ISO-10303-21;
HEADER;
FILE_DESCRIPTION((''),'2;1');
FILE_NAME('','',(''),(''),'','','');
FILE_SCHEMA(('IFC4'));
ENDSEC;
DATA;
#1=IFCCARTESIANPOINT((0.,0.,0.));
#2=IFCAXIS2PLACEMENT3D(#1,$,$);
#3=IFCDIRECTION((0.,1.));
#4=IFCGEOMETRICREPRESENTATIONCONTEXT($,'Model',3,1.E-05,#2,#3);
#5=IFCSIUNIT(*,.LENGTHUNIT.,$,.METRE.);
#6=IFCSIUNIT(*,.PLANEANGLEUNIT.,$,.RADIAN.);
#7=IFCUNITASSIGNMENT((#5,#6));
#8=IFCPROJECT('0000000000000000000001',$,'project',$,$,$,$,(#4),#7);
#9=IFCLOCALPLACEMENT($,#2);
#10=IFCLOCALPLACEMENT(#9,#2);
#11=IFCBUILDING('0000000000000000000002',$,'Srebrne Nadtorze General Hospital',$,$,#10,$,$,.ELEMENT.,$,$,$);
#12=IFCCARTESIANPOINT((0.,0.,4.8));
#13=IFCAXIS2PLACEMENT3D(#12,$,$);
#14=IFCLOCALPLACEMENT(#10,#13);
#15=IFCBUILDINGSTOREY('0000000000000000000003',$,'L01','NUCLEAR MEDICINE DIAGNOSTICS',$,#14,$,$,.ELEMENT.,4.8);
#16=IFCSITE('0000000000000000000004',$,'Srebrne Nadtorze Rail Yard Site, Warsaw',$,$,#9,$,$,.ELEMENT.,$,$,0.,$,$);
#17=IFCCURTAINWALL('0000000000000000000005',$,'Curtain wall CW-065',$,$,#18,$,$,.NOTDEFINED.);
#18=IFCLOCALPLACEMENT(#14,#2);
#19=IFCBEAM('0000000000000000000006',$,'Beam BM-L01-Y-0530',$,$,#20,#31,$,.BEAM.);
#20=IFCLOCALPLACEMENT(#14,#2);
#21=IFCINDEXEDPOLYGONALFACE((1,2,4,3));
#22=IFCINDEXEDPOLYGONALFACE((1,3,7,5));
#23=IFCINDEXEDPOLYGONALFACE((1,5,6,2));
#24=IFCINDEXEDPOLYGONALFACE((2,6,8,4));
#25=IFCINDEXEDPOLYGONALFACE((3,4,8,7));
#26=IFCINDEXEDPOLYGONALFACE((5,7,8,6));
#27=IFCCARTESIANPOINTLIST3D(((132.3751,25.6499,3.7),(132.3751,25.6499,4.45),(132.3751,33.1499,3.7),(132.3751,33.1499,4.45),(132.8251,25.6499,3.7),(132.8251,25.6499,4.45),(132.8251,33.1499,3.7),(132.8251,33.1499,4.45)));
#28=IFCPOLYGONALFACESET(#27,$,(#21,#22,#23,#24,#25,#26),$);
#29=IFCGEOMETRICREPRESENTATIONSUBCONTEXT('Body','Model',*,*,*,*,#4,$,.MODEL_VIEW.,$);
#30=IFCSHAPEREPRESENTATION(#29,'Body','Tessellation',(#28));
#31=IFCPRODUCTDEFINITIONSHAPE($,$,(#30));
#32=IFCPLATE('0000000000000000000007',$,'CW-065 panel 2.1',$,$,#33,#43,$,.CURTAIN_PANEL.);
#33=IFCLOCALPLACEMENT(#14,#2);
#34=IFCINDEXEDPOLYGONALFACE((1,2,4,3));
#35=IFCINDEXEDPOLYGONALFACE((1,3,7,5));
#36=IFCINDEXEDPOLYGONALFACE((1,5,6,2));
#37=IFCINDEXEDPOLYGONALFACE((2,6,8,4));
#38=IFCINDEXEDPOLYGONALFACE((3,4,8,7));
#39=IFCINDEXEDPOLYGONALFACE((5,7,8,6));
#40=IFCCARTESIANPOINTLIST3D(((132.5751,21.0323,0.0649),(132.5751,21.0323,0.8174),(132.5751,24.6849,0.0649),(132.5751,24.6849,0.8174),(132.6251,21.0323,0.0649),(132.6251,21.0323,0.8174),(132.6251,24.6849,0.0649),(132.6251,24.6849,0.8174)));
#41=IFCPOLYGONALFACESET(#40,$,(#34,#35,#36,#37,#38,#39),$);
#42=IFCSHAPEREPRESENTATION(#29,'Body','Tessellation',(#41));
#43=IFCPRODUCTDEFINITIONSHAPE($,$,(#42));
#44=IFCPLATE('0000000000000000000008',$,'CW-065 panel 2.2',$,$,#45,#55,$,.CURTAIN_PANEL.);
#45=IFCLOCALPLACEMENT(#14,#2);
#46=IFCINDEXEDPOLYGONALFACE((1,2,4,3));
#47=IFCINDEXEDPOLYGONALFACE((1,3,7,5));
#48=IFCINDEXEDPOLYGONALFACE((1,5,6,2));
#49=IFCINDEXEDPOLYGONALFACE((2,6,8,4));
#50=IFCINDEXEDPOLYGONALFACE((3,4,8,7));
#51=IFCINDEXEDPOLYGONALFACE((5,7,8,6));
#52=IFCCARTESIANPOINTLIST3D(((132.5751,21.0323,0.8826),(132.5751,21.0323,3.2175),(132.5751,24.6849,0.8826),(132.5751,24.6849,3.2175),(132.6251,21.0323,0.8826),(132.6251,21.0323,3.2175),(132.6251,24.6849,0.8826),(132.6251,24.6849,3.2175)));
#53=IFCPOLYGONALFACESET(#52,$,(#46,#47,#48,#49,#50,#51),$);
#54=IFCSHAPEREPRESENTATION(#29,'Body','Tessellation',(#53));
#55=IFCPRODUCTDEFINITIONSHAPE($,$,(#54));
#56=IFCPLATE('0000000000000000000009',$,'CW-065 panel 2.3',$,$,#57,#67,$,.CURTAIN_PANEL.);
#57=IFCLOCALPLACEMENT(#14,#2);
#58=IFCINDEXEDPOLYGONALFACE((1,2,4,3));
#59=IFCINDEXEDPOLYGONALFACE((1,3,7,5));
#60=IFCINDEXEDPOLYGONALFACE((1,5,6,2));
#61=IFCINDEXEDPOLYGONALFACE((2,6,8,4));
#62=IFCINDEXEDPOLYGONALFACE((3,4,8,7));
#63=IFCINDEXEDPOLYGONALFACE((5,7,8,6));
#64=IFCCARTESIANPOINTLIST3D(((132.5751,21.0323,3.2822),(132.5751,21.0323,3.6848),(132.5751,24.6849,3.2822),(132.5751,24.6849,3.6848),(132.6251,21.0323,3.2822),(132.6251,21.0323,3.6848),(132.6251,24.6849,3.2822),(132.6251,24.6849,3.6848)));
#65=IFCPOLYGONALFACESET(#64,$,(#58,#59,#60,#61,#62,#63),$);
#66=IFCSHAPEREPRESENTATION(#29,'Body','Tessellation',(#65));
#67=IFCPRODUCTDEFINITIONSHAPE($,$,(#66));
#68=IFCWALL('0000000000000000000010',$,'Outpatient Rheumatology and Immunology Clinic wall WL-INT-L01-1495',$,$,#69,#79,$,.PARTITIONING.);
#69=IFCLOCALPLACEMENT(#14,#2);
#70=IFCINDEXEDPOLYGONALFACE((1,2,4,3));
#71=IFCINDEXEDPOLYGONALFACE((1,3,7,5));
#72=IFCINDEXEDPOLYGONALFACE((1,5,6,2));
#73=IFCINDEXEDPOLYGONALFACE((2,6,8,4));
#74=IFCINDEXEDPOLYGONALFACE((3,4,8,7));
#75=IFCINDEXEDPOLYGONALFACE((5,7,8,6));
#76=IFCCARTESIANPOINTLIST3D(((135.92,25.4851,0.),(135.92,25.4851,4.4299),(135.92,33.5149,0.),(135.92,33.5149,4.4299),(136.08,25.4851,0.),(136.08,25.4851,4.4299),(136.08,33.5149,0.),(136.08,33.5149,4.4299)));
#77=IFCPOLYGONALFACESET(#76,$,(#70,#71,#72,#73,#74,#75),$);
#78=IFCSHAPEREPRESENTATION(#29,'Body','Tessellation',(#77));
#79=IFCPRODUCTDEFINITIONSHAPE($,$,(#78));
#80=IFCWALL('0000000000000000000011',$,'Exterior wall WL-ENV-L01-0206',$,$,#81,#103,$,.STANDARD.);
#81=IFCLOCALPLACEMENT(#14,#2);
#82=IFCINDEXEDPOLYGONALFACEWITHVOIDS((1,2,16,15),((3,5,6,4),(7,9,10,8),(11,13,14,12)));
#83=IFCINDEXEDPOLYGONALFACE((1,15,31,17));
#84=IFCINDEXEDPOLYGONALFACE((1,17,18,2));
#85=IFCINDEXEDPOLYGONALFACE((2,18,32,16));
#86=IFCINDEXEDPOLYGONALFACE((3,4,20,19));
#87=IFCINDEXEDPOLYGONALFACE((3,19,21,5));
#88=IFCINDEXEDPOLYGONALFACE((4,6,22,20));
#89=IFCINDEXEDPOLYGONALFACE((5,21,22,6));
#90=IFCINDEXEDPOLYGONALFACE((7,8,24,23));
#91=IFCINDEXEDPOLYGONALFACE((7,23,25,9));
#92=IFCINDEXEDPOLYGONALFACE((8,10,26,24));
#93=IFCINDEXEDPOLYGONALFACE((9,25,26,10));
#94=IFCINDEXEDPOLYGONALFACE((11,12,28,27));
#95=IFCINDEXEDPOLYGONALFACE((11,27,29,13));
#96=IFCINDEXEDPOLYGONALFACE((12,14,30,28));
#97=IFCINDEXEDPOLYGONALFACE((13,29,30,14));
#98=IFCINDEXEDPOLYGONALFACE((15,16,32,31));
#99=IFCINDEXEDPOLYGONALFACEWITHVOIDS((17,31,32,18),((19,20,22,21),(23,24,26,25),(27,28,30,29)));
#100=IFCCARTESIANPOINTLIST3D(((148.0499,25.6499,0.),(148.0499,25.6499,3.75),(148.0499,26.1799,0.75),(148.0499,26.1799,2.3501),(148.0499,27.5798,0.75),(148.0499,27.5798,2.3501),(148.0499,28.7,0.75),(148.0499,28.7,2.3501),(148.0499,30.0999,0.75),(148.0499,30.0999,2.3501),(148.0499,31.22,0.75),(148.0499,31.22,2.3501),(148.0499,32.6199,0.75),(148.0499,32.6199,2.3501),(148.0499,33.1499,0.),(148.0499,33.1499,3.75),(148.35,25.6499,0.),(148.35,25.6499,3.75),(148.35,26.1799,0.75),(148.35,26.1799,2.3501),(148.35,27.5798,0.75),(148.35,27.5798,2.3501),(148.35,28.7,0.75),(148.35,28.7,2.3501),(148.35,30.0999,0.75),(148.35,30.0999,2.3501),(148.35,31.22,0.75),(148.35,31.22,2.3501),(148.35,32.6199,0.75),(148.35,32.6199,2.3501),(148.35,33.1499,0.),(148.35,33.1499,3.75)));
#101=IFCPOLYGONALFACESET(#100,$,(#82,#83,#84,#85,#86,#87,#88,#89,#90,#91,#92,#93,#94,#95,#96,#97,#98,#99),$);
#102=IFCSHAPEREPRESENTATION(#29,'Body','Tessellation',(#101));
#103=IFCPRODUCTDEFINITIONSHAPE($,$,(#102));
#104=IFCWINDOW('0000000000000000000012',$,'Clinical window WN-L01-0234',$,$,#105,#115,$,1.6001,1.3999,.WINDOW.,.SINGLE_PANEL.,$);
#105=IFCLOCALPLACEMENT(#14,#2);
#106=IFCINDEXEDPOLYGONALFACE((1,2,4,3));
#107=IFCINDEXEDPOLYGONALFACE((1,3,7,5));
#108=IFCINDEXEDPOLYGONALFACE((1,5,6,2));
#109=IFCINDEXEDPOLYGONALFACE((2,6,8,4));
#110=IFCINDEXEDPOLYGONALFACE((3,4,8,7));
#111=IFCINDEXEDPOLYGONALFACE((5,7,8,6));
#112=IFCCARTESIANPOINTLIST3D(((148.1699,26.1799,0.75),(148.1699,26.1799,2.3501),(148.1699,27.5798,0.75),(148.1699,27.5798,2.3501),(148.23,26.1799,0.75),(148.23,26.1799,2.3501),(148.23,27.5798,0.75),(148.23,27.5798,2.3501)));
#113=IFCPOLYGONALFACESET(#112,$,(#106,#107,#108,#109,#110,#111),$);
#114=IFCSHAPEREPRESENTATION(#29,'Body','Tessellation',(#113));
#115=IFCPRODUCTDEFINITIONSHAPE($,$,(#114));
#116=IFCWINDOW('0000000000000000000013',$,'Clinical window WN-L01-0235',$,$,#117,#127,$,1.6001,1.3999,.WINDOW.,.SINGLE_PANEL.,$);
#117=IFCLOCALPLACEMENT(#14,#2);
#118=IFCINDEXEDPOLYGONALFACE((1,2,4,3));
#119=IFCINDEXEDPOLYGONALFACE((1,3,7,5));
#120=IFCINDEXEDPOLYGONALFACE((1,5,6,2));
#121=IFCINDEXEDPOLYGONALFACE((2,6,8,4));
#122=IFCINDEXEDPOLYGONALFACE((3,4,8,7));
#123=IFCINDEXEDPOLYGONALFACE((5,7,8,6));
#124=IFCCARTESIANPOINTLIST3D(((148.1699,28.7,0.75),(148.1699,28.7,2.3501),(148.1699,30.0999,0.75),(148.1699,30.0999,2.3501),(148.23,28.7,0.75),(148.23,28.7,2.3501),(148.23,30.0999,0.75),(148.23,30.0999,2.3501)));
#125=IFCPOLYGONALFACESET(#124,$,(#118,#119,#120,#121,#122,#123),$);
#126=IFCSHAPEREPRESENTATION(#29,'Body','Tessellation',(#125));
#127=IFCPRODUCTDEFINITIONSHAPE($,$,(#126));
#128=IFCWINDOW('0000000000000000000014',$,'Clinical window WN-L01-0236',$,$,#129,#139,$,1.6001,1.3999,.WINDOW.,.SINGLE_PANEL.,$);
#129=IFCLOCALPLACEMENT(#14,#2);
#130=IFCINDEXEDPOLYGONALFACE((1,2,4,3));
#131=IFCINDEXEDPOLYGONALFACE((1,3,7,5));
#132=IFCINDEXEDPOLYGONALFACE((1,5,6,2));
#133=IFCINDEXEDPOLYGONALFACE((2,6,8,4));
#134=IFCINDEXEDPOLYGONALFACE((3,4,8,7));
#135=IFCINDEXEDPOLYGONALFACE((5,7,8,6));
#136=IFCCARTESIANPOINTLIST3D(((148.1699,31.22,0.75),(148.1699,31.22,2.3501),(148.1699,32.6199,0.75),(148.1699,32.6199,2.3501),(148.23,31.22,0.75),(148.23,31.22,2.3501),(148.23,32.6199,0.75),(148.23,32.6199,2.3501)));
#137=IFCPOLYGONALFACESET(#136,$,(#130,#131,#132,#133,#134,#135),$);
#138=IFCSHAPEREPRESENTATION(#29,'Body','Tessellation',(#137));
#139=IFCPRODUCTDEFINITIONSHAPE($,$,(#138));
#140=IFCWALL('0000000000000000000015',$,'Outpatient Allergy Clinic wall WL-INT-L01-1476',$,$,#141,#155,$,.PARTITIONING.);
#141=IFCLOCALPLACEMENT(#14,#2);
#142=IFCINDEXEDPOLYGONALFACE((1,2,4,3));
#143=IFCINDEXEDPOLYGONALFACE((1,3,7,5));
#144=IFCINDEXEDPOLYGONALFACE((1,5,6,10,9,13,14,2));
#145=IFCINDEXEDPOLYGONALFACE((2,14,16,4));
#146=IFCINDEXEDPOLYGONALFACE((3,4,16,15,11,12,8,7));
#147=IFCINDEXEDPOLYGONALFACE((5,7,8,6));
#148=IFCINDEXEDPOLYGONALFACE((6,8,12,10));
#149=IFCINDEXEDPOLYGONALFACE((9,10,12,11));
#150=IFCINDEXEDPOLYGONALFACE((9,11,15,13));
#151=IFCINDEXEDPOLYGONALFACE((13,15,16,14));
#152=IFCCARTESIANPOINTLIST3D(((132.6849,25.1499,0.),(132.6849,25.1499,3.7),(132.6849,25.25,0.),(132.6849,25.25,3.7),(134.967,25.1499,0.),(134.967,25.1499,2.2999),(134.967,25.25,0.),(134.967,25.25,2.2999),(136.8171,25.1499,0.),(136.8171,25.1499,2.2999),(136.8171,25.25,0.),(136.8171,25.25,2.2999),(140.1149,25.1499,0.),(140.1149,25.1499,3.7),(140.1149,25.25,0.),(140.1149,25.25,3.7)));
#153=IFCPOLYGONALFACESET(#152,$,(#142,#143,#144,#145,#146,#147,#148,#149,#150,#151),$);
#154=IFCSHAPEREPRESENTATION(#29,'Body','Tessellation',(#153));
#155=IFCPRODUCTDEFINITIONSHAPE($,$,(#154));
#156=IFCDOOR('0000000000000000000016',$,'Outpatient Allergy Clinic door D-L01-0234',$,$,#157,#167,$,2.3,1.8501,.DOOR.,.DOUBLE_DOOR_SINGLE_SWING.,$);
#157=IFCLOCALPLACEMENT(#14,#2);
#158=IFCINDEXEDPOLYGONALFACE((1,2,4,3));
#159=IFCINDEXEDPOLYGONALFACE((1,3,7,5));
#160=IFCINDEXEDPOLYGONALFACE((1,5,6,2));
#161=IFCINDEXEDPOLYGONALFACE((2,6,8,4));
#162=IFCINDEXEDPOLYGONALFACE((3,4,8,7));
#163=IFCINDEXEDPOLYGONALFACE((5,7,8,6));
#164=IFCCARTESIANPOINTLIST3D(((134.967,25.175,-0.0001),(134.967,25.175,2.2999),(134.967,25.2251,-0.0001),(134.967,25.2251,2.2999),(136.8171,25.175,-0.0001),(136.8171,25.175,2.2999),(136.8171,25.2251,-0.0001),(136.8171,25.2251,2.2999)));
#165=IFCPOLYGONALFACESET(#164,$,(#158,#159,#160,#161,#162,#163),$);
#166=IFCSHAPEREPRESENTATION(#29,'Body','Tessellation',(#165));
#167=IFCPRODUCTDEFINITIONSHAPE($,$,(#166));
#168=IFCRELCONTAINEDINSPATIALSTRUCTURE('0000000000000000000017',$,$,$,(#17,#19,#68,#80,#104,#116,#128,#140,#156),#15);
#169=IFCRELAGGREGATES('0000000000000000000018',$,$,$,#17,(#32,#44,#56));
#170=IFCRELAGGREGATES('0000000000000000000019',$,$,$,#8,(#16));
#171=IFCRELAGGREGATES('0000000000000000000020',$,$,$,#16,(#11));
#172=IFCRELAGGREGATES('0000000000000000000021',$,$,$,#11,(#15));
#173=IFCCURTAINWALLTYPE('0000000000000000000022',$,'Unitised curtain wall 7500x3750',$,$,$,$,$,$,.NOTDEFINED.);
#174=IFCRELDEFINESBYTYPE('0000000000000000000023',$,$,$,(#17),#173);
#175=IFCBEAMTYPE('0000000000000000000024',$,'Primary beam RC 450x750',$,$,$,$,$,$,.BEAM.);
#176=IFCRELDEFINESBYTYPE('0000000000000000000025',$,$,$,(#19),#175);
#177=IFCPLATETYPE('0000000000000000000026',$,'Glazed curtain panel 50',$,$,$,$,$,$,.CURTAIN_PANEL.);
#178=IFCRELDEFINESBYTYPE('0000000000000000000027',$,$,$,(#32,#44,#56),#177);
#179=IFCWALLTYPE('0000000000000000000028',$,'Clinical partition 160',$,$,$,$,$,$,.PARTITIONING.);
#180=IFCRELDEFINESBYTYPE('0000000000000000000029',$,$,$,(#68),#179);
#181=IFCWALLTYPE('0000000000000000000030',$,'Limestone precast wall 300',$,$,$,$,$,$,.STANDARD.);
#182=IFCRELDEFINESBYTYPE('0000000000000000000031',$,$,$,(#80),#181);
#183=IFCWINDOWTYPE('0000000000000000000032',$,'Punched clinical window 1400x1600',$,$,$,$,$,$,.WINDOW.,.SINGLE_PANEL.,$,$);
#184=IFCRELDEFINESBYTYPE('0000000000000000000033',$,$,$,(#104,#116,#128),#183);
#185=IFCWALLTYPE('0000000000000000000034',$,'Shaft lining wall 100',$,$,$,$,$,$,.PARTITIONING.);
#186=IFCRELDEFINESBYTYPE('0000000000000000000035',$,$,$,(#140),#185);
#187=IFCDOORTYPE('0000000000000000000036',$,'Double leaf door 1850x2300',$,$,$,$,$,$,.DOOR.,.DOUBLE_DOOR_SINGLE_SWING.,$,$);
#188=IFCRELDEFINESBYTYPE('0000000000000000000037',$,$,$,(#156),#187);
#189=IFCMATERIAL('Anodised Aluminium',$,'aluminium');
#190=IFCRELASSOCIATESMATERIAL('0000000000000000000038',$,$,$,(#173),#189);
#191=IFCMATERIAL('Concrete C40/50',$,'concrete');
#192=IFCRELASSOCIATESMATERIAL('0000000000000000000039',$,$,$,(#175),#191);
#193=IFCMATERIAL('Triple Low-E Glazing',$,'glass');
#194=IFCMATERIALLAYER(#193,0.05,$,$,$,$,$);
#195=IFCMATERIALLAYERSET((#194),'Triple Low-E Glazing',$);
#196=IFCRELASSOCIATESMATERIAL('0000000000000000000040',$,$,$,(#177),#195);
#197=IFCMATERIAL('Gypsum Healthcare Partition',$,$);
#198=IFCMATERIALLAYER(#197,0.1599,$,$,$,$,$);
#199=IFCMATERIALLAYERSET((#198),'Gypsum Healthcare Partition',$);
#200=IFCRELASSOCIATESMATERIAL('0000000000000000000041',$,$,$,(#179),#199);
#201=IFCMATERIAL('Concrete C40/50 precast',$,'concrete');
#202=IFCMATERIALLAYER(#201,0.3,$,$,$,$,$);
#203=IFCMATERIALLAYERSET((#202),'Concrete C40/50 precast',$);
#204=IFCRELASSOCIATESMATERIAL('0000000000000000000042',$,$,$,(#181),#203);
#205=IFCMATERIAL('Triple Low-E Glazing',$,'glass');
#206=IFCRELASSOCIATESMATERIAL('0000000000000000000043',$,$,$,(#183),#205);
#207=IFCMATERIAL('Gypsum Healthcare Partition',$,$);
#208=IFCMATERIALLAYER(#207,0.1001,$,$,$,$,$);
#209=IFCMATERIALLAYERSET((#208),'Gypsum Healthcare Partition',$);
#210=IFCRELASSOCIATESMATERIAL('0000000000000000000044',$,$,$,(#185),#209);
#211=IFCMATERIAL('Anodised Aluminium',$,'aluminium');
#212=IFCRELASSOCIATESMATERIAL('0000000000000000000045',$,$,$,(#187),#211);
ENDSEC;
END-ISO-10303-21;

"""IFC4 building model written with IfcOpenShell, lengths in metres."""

from ifc_helpers import new_model, si_unit, direction, frame, frame_2d, origin, origin_2d, place, context, subcontext, project, spatial, rectangle, extrude, material, layer, layer_set, material_profile, profile_set, type_object, element, fill, aggregate, save


model = new_model("IFC4")

# Units and contexts
model_context = context("Model", 3, precision=1e-05, world=origin(), true_north=direction((0.0, 1.0)))
body_context = subcontext(model_context, "Body", "Model", "MODEL_VIEW")
ifc_project = project(units=[si_unit("LENGTHUNIT", "METRE"), si_unit("PLANEANGLEUNIT", "RADIAN")], contexts=[model_context])

# Site, building, storey
site_placement = place(None, origin())
site = spatial("IfcSite", under=ifc_project, at=site_placement, Name="Srebrne Nadtorze Rail Yard Site, Warsaw", CompositionType="ELEMENT", RefElevation=0.0)
building_placement = place(site_placement, origin())
building = spatial("IfcBuilding", under=site, at=building_placement, Name="Srebrne Nadtorze General Hospital", CompositionType="ELEMENT")
storey_placement = place(building_placement, frame((0.0, 0.0, 4.8)))
storey = spatial("IfcBuildingStorey", under=building, at=storey_placement, Name="L01", Description="NUCLEAR MEDICINE DIAGNOSTICS", CompositionType="ELEMENT", Elevation=4.8)

# Curtain wall
ifc_material_1 = material(Name="Anodised Aluminium", Category="aluminium")
curtain_wall_type = type_object("IfcCurtainWallType", Name="Unitised curtain wall 7500x3750", PredefinedType="NOTDEFINED", material=ifc_material_1)
curtain_wall_placement = place(storey_placement, origin())
curtain_wall = element("IfcCurtainWall", 1, at=curtain_wall_placement, inside=storey, type_object=curtain_wall_type, Name="Curtain wall CW-065", PredefinedType="NOTDEFINED")

# Beam
ifc_material_2 = material(Name="Concrete C40/50", Category="concrete")
ifc_material_profile_1 = material_profile(ifc_material_2, rectangle(XDim=0.45, YDim=0.75, at=origin_2d()), Name="RC-BM-450x750")
ifc_profile_set_1 = profile_set([ifc_material_profile_1], Name="Concrete C40/50")
beam_type_1 = type_object("IfcBeamType", Name="Primary beam RC 450x750", PredefinedType="BEAM", material=ifc_profile_set_1)
beam_1_placement = place(storey_placement, frame((132.6001, 25.6499, 4.075), z_axis=(0.0, 1.0, 0.0), x_axis=(-1.0, 0.0, 0.0)))
element("IfcBeam", 2, at=beam_1_placement, inside=storey, type_object=beam_type_1, Name="Beam BM-L01-Y-0530", PredefinedType="BEAM", context=body_context, shape_type="SweptSolid", body=[
    extrude(rectangle(XDim=0.45, YDim=0.75, at=origin_2d()), origin(), (0.0, 0.0, 1.0), 7.5),
])

# Plates
ifc_material_3 = material(Name="Triple Low-E Glazing", Category="glass")
ifc_layer_1 = layer(ifc_material_3, 0.05)
ifc_layer_set_1 = layer_set([ifc_layer_1], Name="Triple Low-E Glazing")
plate_type = type_object("IfcPlateType", Name="Glazed curtain panel 50", PredefinedType="CURTAIN_PANEL", material=ifc_layer_set_1)
plate_1_placement = place(storey_placement, frame((132.6001, 22.8586, 0.0649), z_axis=(0.0, 0.0, 1.0), x_axis=(0.0, 1.0, 0.0)))
plate_1 = element("IfcPlate", 3, at=plate_1_placement, type_object=plate_type, Name="CW-065 panel 2.1", PredefinedType="CURTAIN_PANEL", context=body_context, shape_type="SweptSolid", body=[
    extrude(rectangle(XDim=3.6526, YDim=0.05, at=origin_2d()), origin(), (0.0, 0.0, 1.0), 0.7524),
])
plate_2_placement = place(storey_placement, frame((132.6001, 22.8586, 0.8826), z_axis=(0.0, 0.0, 1.0), x_axis=(0.0, 1.0, 0.0)))
plate_2 = element("IfcPlate", 4, at=plate_2_placement, type_object=plate_type, Name="CW-065 panel 2.2", PredefinedType="CURTAIN_PANEL", context=body_context, shape_type="SweptSolid", body=[
    extrude(rectangle(XDim=3.6526, YDim=0.05, at=origin_2d()), origin(), (0.0, 0.0, 1.0), 2.335),
])
plate_3_placement = place(storey_placement, frame((132.6001, 22.8586, 3.2822), z_axis=(0.0, 0.0, 1.0), x_axis=(0.0, 1.0, 0.0)))
plate_3 = element("IfcPlate", 5, at=plate_3_placement, type_object=plate_type, Name="CW-065 panel 2.3", PredefinedType="CURTAIN_PANEL", context=body_context, shape_type="SweptSolid", body=[
    extrude(rectangle(XDim=3.6526, YDim=0.05, at=origin_2d()), origin(), (0.0, 0.0, 1.0), 0.4026),
])
aggregate(curtain_wall, [plate_1, plate_2, plate_3])

# Wall
ifc_material_4 = material(Name="Gypsum Healthcare Partition")
ifc_layer_2 = layer(ifc_material_4, 0.1599)
ifc_layer_set_2 = layer_set([ifc_layer_2], Name="Gypsum Healthcare Partition")
wall_type_1 = type_object("IfcWallType", Name="Clinical partition 160", PredefinedType="PARTITIONING", material=ifc_layer_set_2)
wall_1_placement = place(storey_placement, frame((136.0, 25.4851, 0.0), z_axis=(0.0, 0.0, 1.0), x_axis=(0.0, 1.0, 0.0)))
element("IfcWall", 6, at=wall_1_placement, inside=storey, type_object=wall_type_1, Name="Outpatient Rheumatology and Immunology Clinic wall WL-INT-L01-1495", PredefinedType="PARTITIONING", context=body_context, shape_type="SweptSolid", body=[
    extrude(rectangle(XDim=8.0298, YDim=0.1599, at=frame_2d((4.0149, 0.0))), origin(), (0.0, 0.0, 1.0), 4.4299),
])

# Wall, openings, windows
ifc_material_5 = material(Name="Concrete C40/50 precast", Category="concrete")
ifc_layer_3 = layer(ifc_material_5, 0.3)
ifc_layer_set_3 = layer_set([ifc_layer_3], Name="Concrete C40/50 precast")
wall_type_2 = type_object("IfcWallType", Name="Limestone precast wall 300", PredefinedType="STANDARD", material=ifc_layer_set_3)
wall_2_placement = place(storey_placement, frame((148.2, 25.6499, 0.0), z_axis=(0.0, 0.0, 1.0), x_axis=(0.0, 1.0, 0.0)))
wall_2 = element("IfcWall", 7, at=wall_2_placement, inside=storey, type_object=wall_type_2, Name="Exterior wall WL-ENV-L01-0206", PredefinedType="STANDARD", context=body_context, shape_type="SweptSolid", body=[
    extrude(rectangle(XDim=7.5, YDim=0.3, at=frame_2d((3.75, 0.0))), origin(), (0.0, 0.0, 1.0), 3.75),
])
opening_1_placement = place(wall_2_placement, frame((0.53, 0.0, 0.75)))
opening_1 = element("IfcOpeningElement", 8, at=opening_1_placement, cuts=wall_2, PredefinedType="OPENING", context=body_context, shape_type="SweptSolid", body=[
    extrude(rectangle(XDim=1.3999, YDim=1.6001, at=frame_2d((0.7, 0.8))), frame((0.0, 0.1621, 0.0), z_axis=(0.0, -1.0, 0.0), x_axis=(1.0, 0.0, 0.0)), (0.0, 0.0, 1.0), 0.324),
])
opening_2_placement = place(wall_2_placement, frame((3.05, 0.0, 0.75)))
opening_2 = element("IfcOpeningElement", 9, at=opening_2_placement, cuts=wall_2, PredefinedType="OPENING", context=body_context, shape_type="SweptSolid", body=[
    extrude(rectangle(XDim=1.3999, YDim=1.6001, at=frame_2d((0.7, 0.8))), frame((0.0, 0.1621, 0.0), z_axis=(0.0, -1.0, 0.0), x_axis=(1.0, 0.0, 0.0)), (0.0, 0.0, 1.0), 0.324),
])
opening_3_placement = place(wall_2_placement, frame((5.5701, 0.0, 0.75)))
opening_3 = element("IfcOpeningElement", 10, at=opening_3_placement, cuts=wall_2, PredefinedType="OPENING", context=body_context, shape_type="SweptSolid", body=[
    extrude(rectangle(XDim=1.3999, YDim=1.6001, at=frame_2d((0.7, 0.8))), frame((0.0, 0.1621, 0.0), z_axis=(0.0, -1.0, 0.0), x_axis=(1.0, 0.0, 0.0)), (0.0, 0.0, 1.0), 0.324),
])
ifc_material_6 = material(Name="Triple Low-E Glazing", Category="glass")
window_type = type_object("IfcWindowType", Name="Punched clinical window 1400x1600", PartitioningType="SINGLE_PANEL", PredefinedType="WINDOW", material=ifc_material_6)
window_1_placement = place(opening_1_placement, origin())
window_1 = element("IfcWindow", 11, at=window_1_placement, inside=storey, type_object=window_type, Name="Clinical window WN-L01-0234", OverallHeight=1.6001, OverallWidth=1.3999, PartitioningType="SINGLE_PANEL", PredefinedType="WINDOW", context=body_context, shape_type="SweptSolid", body=[
    extrude(rectangle(XDim=1.3999, YDim=1.6001, at=frame_2d((0.7, 0.8))), frame((0.0, 0.03, 0.0), z_axis=(0.0, -1.0, 0.0), x_axis=(1.0, 0.0, 0.0)), (0.0, 0.0, 1.0), 0.0601),
])
fill(opening_1, window_1)
window_2_placement = place(opening_2_placement, origin())
window_2 = element("IfcWindow", 12, at=window_2_placement, inside=storey, type_object=window_type, Name="Clinical window WN-L01-0235", OverallHeight=1.6001, OverallWidth=1.3999, PartitioningType="SINGLE_PANEL", PredefinedType="WINDOW", context=body_context, shape_type="SweptSolid", body=[
    extrude(rectangle(XDim=1.3999, YDim=1.6001, at=frame_2d((0.7, 0.8))), frame((0.0, 0.03, 0.0), z_axis=(0.0, -1.0, 0.0), x_axis=(1.0, 0.0, 0.0)), (0.0, 0.0, 1.0), 0.0601),
])
fill(opening_2, window_2)
window_3_placement = place(opening_3_placement, origin())
window_3 = element("IfcWindow", 13, at=window_3_placement, inside=storey, type_object=window_type, Name="Clinical window WN-L01-0236", OverallHeight=1.6001, OverallWidth=1.3999, PartitioningType="SINGLE_PANEL", PredefinedType="WINDOW", context=body_context, shape_type="SweptSolid", body=[
    extrude(rectangle(XDim=1.3999, YDim=1.6001, at=frame_2d((0.7, 0.8))), frame((0.0, 0.03, 0.0), z_axis=(0.0, -1.0, 0.0), x_axis=(1.0, 0.0, 0.0)), (0.0, 0.0, 1.0), 0.0601),
])
fill(opening_3, window_3)

# Wall, opening, door
ifc_material_7 = material(Name="Gypsum Healthcare Partition")
ifc_layer_4 = layer(ifc_material_7, 0.1001)
ifc_layer_set_4 = layer_set([ifc_layer_4], Name="Gypsum Healthcare Partition")
wall_type_3 = type_object("IfcWallType", Name="Shaft lining wall 100", PredefinedType="PARTITIONING", material=ifc_layer_set_4)
wall_3_placement = place(storey_placement, frame((132.6851, 25.2, 0.0), z_axis=(0.0, 0.0, 1.0), x_axis=(1.0, 0.0, 0.0)))
wall_3 = element("IfcWall", 14, at=wall_3_placement, inside=storey, type_object=wall_type_3, Name="Outpatient Allergy Clinic wall WL-INT-L01-1476", PredefinedType="PARTITIONING", context=body_context, shape_type="SweptSolid", body=[
    extrude(rectangle(XDim=7.4299, YDim=0.1001, at=frame_2d((3.7148, 0.0))), origin(), (0.0, 0.0, 1.0), 3.7),
])
opening_4_placement = place(wall_3_placement, frame((2.282, 0.0, 0.0)))
opening_4 = element("IfcOpeningElement", 15, at=opening_4_placement, cuts=wall_3, PredefinedType="OPENING", context=body_context, shape_type="SweptSolid", body=[
    extrude(rectangle(XDim=1.8501, YDim=2.3, at=frame_2d((0.925, 1.1499))), frame((0.0, 0.062, 0.0), z_axis=(0.0, -1.0, 0.0), x_axis=(1.0, 0.0, 0.0)), (0.0, 0.0, 1.0), 0.124),
])
ifc_material_8 = material(Name="Anodised Aluminium", Category="aluminium")
door_type = type_object("IfcDoorType", Name="Double leaf door 1850x2300", OperationType="DOUBLE_DOOR_SINGLE_SWING", PredefinedType="DOOR", material=ifc_material_8)
door_placement = place(opening_4_placement, frame((1.8501, 0.0, 0.0), z_axis=(0.0, 0.0, 1.0), x_axis=(-1.0, 0.0, 0.0)))
door = element("IfcDoor", 16, at=door_placement, inside=storey, type_object=door_type, Name="Outpatient Allergy Clinic door D-L01-0234", OperationType="DOUBLE_DOOR_SINGLE_SWING", OverallHeight=2.3, OverallWidth=1.8501, PredefinedType="DOOR", context=body_context, shape_type="SweptSolid", body=[
    extrude(rectangle(XDim=1.8501, YDim=2.3, at=frame_2d((0.925, 1.1499))), frame((0.0, 0.0249, 0.0), z_axis=(0.0, -1.0, 0.0), x_axis=(1.0, 0.0, 0.0)), (0.0, 0.0, 1.0), 0.05),
])
fill(opening_4, door)

save(model, "model.ifc")
